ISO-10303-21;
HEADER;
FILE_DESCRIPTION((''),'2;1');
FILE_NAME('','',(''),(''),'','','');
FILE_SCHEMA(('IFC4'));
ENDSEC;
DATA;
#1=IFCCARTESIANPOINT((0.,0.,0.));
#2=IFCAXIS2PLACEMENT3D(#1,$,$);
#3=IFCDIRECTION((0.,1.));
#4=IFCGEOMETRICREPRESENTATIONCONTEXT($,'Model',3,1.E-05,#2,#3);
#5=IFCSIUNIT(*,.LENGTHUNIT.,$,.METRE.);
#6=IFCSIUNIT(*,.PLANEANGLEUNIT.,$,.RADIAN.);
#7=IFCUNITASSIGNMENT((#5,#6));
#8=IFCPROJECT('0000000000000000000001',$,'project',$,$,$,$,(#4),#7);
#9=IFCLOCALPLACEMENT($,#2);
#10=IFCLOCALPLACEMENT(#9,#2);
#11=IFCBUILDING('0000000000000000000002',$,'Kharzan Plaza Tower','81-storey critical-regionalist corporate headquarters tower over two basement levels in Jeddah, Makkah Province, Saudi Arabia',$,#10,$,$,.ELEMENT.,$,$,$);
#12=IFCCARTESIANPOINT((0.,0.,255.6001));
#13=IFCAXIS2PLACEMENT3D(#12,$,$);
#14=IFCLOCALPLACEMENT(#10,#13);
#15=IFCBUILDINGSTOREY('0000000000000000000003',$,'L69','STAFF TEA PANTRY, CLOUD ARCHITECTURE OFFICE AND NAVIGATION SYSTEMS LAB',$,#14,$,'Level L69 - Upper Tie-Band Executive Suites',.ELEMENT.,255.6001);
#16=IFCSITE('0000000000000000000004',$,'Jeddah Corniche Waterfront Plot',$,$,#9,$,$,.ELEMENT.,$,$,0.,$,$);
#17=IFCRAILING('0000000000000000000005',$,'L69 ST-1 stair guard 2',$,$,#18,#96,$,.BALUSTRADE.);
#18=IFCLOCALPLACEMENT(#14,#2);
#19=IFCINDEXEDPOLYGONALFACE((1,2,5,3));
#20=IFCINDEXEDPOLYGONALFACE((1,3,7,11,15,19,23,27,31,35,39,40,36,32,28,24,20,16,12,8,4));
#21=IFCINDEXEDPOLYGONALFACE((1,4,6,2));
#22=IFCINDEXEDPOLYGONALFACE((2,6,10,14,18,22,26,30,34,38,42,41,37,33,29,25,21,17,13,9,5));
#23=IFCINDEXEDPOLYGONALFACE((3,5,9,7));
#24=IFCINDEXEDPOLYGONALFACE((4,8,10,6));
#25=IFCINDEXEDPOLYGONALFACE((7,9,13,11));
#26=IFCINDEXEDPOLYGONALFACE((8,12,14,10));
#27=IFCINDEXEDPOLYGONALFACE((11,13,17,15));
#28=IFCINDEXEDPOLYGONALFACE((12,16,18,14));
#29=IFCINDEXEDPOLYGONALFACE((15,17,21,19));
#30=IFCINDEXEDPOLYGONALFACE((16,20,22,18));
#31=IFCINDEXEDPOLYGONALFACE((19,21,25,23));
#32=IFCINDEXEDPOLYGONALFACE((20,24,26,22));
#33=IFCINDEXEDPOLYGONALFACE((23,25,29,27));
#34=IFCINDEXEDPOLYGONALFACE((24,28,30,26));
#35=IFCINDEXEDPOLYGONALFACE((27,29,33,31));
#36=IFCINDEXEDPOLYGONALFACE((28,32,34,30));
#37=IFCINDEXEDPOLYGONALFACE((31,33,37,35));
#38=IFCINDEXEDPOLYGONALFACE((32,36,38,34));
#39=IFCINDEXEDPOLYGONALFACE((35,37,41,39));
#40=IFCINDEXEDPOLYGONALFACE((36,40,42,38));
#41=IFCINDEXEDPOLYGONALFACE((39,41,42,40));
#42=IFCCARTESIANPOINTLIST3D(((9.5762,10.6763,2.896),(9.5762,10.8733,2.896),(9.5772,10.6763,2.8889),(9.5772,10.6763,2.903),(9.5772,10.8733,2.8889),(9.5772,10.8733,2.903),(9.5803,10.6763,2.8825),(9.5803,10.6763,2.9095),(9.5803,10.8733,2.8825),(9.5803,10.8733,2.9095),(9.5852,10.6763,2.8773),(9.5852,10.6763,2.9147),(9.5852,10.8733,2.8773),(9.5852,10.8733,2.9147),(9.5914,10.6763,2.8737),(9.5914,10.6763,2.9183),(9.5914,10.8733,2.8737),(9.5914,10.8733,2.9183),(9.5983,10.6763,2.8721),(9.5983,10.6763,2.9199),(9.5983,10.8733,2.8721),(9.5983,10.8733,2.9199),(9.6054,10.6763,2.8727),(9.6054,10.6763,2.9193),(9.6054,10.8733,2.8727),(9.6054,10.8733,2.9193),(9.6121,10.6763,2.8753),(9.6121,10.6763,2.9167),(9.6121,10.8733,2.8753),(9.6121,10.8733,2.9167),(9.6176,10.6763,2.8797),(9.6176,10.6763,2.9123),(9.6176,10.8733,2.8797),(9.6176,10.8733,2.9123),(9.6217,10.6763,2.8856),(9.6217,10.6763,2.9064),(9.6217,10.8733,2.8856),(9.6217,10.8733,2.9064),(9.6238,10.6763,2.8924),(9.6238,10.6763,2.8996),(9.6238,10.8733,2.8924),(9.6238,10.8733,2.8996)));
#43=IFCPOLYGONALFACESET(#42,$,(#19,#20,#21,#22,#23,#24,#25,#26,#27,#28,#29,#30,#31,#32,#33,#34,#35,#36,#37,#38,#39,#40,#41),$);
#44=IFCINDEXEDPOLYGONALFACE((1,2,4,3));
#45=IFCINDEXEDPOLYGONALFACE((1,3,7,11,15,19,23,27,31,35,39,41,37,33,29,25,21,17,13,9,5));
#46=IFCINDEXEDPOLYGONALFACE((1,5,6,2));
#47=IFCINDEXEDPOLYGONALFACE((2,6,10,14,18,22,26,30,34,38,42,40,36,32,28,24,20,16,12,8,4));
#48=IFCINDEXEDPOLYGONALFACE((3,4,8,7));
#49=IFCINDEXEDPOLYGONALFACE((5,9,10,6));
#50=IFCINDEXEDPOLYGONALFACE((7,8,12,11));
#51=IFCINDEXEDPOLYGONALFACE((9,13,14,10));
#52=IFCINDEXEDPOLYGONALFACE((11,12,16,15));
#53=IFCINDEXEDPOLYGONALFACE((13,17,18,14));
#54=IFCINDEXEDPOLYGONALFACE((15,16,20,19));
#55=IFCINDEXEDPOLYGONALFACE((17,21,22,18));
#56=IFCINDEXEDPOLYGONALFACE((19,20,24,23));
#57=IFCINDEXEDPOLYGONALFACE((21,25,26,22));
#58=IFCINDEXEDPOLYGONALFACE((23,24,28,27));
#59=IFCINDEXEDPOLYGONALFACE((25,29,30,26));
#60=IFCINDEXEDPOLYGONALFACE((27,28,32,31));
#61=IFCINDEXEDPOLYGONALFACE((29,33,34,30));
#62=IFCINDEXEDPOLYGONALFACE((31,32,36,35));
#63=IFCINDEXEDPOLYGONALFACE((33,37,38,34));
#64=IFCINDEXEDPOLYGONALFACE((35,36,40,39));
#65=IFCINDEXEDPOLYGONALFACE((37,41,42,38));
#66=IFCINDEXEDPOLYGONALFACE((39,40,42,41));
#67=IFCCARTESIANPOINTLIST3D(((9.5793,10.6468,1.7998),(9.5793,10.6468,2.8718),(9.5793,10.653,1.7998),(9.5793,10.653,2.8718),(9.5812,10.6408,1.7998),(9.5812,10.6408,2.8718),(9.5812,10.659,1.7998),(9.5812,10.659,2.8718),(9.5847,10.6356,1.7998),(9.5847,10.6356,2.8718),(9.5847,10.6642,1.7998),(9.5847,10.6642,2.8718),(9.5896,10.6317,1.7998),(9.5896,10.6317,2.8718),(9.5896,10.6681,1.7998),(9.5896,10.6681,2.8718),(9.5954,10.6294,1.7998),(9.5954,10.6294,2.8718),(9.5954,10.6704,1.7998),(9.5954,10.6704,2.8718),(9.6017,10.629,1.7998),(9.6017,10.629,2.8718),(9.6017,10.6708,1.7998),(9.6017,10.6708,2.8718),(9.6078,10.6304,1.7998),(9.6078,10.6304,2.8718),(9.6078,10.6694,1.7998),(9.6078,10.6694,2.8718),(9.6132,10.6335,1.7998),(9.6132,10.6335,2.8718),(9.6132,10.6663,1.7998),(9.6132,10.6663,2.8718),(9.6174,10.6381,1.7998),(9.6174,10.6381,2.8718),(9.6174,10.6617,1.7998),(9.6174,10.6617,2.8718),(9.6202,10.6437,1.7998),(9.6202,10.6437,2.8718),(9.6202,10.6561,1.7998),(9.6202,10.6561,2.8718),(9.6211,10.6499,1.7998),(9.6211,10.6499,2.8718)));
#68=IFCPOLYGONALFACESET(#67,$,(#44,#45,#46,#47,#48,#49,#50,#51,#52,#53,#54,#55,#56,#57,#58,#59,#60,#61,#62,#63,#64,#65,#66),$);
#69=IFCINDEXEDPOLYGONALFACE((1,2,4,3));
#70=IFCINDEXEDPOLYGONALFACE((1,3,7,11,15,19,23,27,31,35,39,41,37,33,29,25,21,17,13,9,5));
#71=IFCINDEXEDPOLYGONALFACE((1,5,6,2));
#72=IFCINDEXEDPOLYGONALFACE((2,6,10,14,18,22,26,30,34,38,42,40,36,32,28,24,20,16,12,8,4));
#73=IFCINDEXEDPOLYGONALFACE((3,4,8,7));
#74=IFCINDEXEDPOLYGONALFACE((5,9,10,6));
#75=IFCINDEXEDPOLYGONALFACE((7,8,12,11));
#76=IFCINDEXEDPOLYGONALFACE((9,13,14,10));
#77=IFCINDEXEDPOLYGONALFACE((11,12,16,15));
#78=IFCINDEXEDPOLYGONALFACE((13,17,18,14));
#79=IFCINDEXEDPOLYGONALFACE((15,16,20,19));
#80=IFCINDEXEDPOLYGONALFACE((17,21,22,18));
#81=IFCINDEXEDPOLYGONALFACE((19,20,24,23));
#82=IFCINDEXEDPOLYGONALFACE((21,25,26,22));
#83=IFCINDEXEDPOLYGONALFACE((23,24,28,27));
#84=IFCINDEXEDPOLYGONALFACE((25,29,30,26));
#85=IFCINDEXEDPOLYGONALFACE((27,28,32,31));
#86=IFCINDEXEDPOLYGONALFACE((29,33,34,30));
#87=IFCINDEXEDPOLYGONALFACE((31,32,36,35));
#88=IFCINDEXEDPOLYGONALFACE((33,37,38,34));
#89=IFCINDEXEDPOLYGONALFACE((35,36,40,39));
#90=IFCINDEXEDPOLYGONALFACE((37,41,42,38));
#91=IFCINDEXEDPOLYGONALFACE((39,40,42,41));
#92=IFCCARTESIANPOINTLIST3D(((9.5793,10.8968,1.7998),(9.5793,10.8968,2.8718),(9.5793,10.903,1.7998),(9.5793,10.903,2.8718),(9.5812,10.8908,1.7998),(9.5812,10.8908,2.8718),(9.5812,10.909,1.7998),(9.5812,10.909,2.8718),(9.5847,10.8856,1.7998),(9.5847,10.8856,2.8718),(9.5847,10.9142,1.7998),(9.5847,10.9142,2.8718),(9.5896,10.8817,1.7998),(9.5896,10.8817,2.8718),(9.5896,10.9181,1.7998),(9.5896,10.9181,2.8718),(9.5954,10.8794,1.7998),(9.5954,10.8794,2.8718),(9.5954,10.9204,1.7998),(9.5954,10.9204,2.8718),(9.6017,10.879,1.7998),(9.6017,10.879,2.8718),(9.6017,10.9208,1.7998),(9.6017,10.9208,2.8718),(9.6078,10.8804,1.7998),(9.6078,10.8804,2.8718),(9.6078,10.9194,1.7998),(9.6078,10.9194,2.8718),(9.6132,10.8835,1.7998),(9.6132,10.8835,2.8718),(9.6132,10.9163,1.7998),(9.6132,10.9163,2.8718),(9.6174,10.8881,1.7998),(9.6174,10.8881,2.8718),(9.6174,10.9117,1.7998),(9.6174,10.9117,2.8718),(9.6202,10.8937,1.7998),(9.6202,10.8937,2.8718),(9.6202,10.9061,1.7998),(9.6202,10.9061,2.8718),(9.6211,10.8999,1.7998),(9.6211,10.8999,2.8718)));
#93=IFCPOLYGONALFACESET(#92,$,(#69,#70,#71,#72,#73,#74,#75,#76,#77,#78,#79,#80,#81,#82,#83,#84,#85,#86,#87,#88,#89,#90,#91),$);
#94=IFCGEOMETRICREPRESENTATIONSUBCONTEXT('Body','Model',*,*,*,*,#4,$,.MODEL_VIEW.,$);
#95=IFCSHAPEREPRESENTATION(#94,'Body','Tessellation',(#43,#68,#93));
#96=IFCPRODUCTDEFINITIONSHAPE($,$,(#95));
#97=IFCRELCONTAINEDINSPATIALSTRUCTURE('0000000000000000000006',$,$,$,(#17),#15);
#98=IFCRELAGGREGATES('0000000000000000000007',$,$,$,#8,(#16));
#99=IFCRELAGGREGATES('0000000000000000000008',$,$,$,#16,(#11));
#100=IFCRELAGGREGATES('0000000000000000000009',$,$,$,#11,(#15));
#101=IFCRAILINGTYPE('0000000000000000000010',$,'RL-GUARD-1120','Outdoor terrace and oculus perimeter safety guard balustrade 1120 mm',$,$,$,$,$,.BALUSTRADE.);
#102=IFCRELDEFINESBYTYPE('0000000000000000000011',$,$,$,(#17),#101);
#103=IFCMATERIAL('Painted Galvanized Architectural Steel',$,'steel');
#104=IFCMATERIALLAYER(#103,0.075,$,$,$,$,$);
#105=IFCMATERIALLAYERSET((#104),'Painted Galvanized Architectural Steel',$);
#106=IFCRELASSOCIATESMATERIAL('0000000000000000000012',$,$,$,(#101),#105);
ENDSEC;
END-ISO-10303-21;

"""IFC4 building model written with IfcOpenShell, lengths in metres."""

from ifc_helpers import new_model, si_unit, direction, frame, origin, origin_2d, place, context, subcontext, project, spatial, circle, extrude, source, transform, mapped, material, layer, layer_set, type_object, element, save


model = new_model("IFC4")

# Units and contexts
model_context = context("Model", 3, precision=1e-05, world=origin(), true_north=direction((0.0, 1.0)))
body_context = subcontext(model_context, "Body", "Model", "MODEL_VIEW")
ifc_project = project(units=[si_unit("LENGTHUNIT", "METRE"), si_unit("PLANEANGLEUNIT", "RADIAN")], contexts=[model_context])

# Site, building, storey
site_placement = place(None, origin())
site = spatial("IfcSite", under=ifc_project, at=site_placement, Name="Jeddah Corniche Waterfront Plot", CompositionType="ELEMENT", RefElevation=0.0)
building_placement = place(site_placement, origin())
building = spatial("IfcBuilding", under=site, at=building_placement, Name="Kharzan Plaza Tower", Description="81-storey critical-regionalist corporate headquarters tower over two basement levels in Jeddah, Makkah Province, Saudi Arabia", CompositionType="ELEMENT")
storey_placement = place(building_placement, frame((0.0, 0.0, 255.6001)))
storey = spatial("IfcBuildingStorey", under=building, at=storey_placement, Name="L69", Description="STAFF TEA PANTRY, CLOUD ARCHITECTURE OFFICE AND NAVIGATION SYSTEMS LAB", LongName="Level L69 - Upper Tie-Band Executive Suites", CompositionType="ELEMENT", Elevation=255.6001)

# Railing
ifc_material_1 = material(Name="Painted Galvanized Architectural Steel", Category="steel")
ifc_layer_1 = layer(ifc_material_1, 0.075)
ifc_layer_set_1 = layer_set([ifc_layer_1], Name="Painted Galvanized Architectural Steel")
railing_type_1 = type_object("IfcRailingType", Name="RL-GUARD-1120", Description="Outdoor terrace and oculus perimeter safety guard balustrade 1120 mm", PredefinedType="BALUSTRADE", material=ifc_layer_set_1)
shared_shape_1 = source(origin(), body_context, "Body", "SweptSolid", [
    extrude(circle(Radius=0.0239, at=origin_2d()), frame((0.0, 0.0264, 1.0962), z_axis=(0.0, 1.0, 0.0), x_axis=(-1.0, 0.0, 0.0)), (0.0, 0.0, 1.0), 0.197),
    extrude(circle(Radius=0.021, at=origin_2d()), origin(), (0.0, 0.0, 1.0), 1.072),
    extrude(circle(Radius=0.021, at=origin_2d()), frame((0.0, 0.25, 0.0)), (0.0, 0.0, 1.0), 1.072),
])
railing_1_placement = place(storey_placement, frame((9.6001, 10.6499, 1.7998)))
element("IfcRailing", 1, at=railing_1_placement, inside=storey, type_object=railing_type_1, Name="L69 ST-1 stair guard 2", PredefinedType="BALUSTRADE", context=body_context, shape_type="MappedRepresentation", body=[
    mapped(shared_shape_1, transform((0.0, 0.0, 0.0), x_axis=(1.0, 0.0, 0.0), y_axis=(0.0, 1.0, 0.0), z_axis=(0.0, 0.0, 1.0))),
])

save(model, "model.ifc")
